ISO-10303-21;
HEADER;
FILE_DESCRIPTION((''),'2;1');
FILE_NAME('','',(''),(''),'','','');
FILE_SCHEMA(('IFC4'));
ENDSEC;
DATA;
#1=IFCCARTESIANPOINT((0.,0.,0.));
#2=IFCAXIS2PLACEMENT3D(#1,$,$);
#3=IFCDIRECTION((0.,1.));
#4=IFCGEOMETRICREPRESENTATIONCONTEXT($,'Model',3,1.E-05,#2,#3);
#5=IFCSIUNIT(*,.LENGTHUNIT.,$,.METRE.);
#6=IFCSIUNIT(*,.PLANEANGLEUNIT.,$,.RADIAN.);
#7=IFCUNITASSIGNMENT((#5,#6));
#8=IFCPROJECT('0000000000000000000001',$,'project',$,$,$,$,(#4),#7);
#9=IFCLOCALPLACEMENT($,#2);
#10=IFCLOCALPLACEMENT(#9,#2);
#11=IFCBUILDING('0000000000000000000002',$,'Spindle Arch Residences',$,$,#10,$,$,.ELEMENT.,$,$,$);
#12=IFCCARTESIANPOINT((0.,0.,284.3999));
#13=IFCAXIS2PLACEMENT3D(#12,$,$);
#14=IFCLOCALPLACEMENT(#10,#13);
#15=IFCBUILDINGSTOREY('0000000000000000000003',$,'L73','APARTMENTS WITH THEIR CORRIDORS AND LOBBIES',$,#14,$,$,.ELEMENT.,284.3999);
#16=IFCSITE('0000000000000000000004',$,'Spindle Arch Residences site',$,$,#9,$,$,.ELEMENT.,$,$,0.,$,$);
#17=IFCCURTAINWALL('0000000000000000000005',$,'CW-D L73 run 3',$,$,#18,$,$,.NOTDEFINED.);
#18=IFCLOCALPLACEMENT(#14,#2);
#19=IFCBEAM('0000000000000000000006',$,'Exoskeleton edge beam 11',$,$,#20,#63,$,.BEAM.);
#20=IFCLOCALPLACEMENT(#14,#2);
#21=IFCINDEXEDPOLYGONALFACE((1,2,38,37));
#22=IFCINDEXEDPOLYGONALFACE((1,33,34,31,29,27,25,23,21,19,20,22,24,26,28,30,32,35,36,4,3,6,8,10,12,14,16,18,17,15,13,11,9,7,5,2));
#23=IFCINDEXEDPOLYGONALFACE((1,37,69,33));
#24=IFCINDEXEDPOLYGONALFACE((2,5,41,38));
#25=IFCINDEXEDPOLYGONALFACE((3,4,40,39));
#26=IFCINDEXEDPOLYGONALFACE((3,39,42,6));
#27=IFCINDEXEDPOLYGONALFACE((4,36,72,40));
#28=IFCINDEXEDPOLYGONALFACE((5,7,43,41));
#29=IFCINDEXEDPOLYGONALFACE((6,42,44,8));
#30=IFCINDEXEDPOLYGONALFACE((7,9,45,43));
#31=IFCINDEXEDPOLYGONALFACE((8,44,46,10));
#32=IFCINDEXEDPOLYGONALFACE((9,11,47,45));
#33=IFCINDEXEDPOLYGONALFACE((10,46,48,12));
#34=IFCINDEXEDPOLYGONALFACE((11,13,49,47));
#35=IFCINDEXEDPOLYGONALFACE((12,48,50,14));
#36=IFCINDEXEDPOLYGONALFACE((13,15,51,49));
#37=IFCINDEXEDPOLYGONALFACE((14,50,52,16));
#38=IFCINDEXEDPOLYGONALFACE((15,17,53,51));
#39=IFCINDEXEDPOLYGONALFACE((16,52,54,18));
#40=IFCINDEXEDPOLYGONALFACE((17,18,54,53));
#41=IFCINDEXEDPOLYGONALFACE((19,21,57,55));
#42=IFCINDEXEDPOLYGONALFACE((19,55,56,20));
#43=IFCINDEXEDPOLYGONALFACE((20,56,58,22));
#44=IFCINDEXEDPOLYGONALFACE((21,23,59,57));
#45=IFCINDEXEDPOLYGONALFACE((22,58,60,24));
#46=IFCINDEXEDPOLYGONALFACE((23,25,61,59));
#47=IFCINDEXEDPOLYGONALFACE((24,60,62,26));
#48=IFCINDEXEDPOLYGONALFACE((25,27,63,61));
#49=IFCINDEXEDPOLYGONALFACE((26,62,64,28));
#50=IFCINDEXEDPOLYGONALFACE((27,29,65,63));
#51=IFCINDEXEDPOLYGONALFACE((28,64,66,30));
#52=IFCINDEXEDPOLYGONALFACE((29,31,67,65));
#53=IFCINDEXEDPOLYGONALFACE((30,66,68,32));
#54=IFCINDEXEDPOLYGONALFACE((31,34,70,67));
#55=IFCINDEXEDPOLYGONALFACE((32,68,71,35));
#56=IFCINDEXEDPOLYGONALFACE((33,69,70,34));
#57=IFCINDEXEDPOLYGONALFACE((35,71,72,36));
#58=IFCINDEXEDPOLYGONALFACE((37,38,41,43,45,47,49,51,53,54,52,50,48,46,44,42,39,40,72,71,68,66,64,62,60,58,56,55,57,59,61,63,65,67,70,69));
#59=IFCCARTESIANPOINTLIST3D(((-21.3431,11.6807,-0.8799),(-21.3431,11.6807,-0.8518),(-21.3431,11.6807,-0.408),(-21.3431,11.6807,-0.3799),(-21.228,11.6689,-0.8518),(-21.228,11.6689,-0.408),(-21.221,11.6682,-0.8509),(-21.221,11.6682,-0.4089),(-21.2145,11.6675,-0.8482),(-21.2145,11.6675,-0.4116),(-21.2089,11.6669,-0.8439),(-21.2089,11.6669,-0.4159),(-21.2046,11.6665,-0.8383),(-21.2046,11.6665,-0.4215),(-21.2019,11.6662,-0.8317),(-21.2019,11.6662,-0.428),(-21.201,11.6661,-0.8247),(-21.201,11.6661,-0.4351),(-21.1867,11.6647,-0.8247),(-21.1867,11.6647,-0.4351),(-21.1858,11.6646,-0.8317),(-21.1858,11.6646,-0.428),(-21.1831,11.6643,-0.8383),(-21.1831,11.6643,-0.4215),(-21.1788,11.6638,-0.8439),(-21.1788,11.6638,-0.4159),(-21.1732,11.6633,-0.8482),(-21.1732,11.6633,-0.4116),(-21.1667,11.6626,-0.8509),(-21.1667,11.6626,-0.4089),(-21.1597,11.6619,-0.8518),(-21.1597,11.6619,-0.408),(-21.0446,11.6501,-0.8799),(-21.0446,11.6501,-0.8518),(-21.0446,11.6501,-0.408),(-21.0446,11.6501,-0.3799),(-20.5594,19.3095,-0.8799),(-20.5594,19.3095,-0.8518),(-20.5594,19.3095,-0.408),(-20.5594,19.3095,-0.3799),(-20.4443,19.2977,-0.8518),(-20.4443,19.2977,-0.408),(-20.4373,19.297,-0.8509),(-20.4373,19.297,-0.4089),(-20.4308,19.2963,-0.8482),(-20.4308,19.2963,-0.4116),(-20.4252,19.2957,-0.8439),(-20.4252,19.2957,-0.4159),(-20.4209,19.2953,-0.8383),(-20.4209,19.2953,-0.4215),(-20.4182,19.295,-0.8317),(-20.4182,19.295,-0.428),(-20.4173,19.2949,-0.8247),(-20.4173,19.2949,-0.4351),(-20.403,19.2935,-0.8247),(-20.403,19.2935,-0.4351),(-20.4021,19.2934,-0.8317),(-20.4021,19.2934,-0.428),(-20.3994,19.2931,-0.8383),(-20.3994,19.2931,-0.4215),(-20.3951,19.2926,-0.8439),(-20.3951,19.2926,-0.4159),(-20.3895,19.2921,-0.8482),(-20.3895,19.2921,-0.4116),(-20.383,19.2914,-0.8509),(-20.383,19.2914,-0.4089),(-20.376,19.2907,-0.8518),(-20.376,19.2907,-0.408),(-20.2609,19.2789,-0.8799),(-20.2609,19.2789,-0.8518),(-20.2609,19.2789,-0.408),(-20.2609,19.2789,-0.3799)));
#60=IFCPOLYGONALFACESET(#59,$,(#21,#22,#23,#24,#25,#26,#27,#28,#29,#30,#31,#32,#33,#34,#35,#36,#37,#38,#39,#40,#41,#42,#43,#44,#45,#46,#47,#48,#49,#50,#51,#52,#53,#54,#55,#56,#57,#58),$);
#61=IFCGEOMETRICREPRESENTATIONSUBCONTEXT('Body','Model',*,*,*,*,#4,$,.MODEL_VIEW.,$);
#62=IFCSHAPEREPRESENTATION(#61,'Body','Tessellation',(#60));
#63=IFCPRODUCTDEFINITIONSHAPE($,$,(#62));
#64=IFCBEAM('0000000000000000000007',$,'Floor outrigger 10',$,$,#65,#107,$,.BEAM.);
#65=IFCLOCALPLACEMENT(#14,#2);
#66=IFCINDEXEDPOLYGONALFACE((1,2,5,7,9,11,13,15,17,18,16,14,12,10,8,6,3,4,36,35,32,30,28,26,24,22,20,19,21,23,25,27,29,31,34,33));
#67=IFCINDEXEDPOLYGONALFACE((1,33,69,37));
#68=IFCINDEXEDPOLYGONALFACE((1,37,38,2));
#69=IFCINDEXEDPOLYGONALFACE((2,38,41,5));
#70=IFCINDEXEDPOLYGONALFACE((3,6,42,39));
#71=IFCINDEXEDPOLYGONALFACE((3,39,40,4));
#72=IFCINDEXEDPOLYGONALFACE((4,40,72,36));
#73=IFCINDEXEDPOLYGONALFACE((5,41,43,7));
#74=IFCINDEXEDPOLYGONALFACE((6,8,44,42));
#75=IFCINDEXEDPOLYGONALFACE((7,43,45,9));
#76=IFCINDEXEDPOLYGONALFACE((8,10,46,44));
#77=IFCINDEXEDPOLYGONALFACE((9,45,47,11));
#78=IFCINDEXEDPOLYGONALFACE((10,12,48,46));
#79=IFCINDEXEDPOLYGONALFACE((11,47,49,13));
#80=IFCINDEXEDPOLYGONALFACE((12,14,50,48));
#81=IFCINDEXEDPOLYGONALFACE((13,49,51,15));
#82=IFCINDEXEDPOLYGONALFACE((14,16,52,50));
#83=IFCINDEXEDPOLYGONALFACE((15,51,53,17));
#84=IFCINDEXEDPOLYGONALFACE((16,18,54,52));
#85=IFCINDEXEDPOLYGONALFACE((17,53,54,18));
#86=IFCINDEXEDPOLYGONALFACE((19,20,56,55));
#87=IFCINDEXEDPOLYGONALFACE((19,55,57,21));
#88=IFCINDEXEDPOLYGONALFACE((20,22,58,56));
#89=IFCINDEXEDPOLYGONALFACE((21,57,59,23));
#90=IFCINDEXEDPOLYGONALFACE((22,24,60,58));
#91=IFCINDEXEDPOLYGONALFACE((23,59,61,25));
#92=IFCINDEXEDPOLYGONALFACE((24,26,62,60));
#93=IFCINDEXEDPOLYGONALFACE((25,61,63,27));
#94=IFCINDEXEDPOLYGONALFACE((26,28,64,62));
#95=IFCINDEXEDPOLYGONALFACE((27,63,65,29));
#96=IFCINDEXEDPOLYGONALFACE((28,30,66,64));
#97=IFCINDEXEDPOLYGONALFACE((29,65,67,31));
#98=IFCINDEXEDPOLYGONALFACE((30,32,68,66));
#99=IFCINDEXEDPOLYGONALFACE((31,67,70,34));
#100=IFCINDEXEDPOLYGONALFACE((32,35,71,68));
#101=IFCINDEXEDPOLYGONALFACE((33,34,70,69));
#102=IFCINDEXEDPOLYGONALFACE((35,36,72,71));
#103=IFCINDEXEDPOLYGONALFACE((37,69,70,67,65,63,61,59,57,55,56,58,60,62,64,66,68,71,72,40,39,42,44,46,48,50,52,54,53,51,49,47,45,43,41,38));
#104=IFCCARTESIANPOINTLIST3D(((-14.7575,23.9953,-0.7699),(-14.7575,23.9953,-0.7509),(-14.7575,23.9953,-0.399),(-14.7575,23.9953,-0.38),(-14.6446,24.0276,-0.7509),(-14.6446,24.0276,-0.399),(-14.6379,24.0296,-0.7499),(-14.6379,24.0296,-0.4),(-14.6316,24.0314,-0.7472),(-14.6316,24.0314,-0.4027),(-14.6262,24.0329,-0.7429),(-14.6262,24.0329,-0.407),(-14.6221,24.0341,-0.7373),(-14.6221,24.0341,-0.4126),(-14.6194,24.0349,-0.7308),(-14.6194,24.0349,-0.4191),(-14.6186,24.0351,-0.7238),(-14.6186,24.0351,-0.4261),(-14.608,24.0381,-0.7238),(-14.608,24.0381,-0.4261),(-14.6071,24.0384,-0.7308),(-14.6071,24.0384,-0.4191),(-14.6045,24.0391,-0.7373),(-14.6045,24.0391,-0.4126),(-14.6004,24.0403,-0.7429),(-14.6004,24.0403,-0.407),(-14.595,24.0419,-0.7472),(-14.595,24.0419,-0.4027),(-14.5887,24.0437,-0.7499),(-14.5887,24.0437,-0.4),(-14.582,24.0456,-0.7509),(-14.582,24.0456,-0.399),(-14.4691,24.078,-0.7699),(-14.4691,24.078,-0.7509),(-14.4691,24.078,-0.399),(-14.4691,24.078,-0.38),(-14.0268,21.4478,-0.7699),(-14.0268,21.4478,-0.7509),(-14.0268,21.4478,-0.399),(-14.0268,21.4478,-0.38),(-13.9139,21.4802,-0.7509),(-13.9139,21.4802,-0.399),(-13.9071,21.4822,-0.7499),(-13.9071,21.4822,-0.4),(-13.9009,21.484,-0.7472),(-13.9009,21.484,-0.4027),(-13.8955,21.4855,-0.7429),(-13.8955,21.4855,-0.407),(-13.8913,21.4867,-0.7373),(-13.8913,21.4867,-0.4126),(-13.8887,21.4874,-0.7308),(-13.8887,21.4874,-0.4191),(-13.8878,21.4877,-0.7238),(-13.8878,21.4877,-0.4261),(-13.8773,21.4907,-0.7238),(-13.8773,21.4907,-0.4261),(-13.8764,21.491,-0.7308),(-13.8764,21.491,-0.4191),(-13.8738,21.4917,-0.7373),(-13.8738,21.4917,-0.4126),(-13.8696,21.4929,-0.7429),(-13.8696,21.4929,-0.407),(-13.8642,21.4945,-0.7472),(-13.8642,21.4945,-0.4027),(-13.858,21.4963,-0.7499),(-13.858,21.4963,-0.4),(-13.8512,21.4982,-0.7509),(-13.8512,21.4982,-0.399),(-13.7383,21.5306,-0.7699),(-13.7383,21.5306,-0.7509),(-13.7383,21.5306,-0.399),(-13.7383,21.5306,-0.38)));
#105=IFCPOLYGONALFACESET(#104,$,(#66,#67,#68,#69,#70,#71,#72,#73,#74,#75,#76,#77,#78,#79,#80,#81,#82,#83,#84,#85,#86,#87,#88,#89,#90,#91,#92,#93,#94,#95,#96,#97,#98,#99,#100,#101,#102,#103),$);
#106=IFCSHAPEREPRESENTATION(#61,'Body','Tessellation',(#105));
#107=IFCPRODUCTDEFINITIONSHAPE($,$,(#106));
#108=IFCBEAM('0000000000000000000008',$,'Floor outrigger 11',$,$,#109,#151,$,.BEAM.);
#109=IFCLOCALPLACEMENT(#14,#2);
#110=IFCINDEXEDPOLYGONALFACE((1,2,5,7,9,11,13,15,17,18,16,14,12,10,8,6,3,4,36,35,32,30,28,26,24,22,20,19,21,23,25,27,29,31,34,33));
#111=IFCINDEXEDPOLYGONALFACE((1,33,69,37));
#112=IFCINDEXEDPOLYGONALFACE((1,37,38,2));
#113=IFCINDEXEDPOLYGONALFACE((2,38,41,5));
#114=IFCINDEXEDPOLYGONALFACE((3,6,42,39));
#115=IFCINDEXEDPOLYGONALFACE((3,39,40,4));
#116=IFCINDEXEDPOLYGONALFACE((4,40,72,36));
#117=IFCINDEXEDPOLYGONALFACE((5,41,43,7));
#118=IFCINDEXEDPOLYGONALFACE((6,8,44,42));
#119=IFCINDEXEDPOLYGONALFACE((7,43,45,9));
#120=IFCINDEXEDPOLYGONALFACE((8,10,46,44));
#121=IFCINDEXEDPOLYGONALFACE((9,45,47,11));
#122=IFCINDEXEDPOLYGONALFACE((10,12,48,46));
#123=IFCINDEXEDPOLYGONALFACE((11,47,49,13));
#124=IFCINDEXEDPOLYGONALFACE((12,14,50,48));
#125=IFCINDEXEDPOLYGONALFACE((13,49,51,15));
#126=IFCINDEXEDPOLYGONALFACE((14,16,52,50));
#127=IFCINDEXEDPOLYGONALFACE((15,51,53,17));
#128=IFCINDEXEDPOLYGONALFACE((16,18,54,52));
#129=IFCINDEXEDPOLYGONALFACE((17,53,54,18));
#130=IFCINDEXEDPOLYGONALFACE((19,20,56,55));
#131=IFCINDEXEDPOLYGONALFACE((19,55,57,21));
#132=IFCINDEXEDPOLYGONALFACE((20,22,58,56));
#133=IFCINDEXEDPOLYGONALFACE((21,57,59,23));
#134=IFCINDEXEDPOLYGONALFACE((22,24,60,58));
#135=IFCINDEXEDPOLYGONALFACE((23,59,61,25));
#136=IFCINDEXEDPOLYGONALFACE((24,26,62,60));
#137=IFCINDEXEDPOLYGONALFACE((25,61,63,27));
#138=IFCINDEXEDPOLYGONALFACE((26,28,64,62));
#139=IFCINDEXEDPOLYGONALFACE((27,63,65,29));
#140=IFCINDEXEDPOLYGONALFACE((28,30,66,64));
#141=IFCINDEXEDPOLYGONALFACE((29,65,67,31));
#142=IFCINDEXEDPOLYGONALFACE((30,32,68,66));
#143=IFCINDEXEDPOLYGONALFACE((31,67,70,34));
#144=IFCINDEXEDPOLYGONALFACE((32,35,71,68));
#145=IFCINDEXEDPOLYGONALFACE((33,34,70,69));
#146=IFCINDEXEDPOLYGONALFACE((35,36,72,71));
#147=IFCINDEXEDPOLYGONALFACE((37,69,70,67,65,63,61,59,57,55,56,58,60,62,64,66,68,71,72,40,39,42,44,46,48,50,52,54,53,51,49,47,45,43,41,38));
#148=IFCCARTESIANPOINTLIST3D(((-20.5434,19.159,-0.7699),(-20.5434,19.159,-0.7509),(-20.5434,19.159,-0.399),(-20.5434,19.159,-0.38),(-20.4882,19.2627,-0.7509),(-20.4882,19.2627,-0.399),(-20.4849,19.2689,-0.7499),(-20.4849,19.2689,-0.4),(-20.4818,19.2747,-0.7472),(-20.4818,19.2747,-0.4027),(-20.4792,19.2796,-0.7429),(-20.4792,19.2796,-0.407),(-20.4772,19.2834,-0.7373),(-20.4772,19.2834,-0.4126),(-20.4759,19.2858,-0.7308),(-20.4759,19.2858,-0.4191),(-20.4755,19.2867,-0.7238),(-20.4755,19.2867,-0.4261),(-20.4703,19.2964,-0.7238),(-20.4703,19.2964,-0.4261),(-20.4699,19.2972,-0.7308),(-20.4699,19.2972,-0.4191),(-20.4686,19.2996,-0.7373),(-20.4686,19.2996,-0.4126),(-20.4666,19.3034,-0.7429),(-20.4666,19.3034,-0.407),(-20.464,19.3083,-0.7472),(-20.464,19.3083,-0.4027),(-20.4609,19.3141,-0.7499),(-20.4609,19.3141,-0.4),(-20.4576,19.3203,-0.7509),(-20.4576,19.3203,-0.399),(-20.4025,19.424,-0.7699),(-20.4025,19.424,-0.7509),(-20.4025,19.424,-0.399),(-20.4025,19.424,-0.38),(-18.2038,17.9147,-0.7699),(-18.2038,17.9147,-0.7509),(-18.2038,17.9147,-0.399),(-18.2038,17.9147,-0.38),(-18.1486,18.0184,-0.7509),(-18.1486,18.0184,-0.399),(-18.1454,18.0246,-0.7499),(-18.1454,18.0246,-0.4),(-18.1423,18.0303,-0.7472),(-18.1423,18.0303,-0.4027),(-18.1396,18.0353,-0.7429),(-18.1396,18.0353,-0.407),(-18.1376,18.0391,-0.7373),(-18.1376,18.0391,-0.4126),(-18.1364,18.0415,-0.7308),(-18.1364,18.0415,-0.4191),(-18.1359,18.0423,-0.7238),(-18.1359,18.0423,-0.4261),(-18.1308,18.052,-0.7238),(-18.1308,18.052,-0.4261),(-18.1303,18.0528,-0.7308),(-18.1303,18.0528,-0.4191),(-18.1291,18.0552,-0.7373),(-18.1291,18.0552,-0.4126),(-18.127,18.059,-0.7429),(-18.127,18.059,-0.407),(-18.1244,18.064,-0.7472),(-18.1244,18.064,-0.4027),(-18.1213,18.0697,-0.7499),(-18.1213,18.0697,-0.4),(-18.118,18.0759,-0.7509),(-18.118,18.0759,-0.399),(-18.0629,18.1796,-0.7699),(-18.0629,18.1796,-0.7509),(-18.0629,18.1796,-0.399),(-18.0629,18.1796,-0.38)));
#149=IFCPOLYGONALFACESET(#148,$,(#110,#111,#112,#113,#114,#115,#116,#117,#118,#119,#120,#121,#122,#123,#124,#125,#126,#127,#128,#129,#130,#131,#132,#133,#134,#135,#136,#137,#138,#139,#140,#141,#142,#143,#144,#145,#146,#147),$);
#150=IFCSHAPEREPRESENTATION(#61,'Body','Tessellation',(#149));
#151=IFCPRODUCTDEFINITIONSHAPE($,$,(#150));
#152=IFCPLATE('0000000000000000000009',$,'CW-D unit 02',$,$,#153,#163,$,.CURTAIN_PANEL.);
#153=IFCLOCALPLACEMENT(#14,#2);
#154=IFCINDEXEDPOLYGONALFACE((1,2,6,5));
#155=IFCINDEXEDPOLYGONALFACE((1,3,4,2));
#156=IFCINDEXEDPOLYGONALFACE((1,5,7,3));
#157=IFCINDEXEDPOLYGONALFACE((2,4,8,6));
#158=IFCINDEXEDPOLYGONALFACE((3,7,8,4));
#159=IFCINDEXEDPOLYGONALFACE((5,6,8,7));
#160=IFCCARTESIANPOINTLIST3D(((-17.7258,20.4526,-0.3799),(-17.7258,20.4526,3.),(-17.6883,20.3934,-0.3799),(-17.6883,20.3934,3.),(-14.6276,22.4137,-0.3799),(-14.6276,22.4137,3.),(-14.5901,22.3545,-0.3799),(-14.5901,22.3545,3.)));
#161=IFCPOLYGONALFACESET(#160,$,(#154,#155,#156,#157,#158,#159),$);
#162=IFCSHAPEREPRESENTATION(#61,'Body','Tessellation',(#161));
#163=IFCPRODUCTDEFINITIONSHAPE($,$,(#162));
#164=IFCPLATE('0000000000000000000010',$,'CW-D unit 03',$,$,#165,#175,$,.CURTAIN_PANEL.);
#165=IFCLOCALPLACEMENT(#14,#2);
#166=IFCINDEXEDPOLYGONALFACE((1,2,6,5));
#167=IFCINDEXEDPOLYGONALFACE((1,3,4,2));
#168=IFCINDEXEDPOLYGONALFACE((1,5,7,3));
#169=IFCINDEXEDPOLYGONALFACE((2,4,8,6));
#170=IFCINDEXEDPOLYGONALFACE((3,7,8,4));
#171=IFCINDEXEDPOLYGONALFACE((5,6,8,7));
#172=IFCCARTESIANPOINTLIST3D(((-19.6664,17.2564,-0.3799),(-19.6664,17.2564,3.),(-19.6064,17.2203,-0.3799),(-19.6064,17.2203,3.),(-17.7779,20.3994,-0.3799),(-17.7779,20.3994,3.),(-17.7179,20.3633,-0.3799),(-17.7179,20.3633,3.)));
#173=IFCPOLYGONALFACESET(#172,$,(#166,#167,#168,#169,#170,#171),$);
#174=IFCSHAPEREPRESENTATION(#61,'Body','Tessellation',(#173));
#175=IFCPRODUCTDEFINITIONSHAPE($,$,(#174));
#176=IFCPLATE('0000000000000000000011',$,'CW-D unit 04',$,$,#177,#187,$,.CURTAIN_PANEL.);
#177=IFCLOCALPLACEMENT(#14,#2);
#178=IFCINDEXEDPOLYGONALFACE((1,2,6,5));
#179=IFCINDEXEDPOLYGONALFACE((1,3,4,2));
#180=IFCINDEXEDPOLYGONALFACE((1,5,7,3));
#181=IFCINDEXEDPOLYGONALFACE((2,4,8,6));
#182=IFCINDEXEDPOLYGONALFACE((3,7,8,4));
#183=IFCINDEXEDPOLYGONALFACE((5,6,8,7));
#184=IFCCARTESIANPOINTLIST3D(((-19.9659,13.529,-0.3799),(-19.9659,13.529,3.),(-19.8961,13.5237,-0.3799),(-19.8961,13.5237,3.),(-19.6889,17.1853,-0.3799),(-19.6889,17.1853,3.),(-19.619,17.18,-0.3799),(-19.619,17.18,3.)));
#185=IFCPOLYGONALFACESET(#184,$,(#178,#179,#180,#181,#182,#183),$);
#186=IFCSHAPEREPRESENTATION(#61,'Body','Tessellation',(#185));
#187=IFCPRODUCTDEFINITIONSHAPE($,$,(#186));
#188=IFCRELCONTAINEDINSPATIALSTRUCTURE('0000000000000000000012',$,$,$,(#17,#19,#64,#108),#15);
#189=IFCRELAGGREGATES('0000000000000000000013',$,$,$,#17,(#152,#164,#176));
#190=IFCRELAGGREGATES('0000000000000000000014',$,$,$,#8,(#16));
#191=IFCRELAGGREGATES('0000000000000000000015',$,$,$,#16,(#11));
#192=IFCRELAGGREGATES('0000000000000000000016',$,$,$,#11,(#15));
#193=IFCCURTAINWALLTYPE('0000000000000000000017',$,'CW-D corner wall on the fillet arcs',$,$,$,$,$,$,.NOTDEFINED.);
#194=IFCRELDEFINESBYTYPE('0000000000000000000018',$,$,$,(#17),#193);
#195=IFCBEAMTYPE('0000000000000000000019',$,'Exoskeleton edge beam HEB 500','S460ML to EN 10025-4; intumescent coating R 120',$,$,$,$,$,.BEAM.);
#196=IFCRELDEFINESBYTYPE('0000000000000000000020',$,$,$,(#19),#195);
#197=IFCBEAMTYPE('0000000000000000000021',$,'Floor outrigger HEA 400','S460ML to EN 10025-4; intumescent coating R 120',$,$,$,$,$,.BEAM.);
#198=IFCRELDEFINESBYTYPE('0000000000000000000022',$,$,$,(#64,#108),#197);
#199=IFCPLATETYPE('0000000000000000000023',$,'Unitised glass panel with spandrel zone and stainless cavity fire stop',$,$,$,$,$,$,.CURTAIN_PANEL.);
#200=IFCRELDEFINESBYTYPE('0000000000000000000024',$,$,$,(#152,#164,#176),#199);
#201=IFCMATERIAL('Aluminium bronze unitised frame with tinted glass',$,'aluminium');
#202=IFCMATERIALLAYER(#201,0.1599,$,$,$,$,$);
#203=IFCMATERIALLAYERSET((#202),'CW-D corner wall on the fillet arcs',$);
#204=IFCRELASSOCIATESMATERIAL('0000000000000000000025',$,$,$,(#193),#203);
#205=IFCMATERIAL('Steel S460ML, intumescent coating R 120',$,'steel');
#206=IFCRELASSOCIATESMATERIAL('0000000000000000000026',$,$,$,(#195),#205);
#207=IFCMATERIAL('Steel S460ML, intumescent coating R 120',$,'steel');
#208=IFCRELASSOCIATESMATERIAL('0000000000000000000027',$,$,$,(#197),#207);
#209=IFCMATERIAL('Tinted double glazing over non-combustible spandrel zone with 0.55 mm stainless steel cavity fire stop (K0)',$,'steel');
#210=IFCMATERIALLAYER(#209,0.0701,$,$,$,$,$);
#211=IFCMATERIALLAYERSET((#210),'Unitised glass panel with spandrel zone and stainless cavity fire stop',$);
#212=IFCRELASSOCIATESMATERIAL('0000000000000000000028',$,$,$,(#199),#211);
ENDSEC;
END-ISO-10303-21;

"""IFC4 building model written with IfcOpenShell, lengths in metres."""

from ifc_helpers import new_model, si_unit, direction, frame, origin, origin_2d, place, context, subcontext, project, spatial, rectangle, i_section, extrude, material, layer, layer_set, material_profile, profile_set, type_object, element, aggregate, save


model = new_model("IFC4")

# Units and contexts
model_context = context("Model", 3, precision=1e-05, world=origin(), true_north=direction((0.0, 1.0)))
body_context = subcontext(model_context, "Body", "Model", "MODEL_VIEW")
ifc_project = project(units=[si_unit("LENGTHUNIT", "METRE"), si_unit("PLANEANGLEUNIT", "RADIAN")], contexts=[model_context])

# Site, building, storey
site_placement = place(None, origin())
site = spatial("IfcSite", under=ifc_project, at=site_placement, Name="Spindle Arch Residences site", CompositionType="ELEMENT", RefElevation=0.0)
building_placement = place(site_placement, origin())
building = spatial("IfcBuilding", under=site, at=building_placement, Name="Spindle Arch Residences", CompositionType="ELEMENT")
storey_placement = place(building_placement, frame((0.0, 0.0, 284.3999)))
storey = spatial("IfcBuildingStorey", under=building, at=storey_placement, Name="L73", Description="APARTMENTS WITH THEIR CORRIDORS AND LOBBIES", CompositionType="ELEMENT", Elevation=284.3999)

# Curtain wall
ifc_material_1 = material(Name="Aluminium bronze unitised frame with tinted glass", Category="aluminium")
ifc_layer_1 = layer(ifc_material_1, 0.1599)
ifc_layer_set_1 = layer_set([ifc_layer_1], Name="CW-D corner wall on the fillet arcs")
curtain_wall_type = type_object("IfcCurtainWallType", Name="CW-D corner wall on the fillet arcs", PredefinedType="NOTDEFINED", material=ifc_layer_set_1)
curtain_wall_placement = place(storey_placement, origin())
curtain_wall = element("IfcCurtainWall", 1, at=curtain_wall_placement, inside=storey, type_object=curtain_wall_type, Name="CW-D L73 run 3", PredefinedType="NOTDEFINED")

# Beams
ifc_material_2 = material(Name="Steel S460ML, intumescent coating R 120", Category="steel")
ifc_material_profile_1 = material_profile(ifc_material_2, i_section(OverallWidth=0.3, OverallDepth=0.5, WebThickness=0.0144, FlangeThickness=0.0281, FilletRadius=0.0271, at=origin_2d()), Name="HEB 500")
ifc_profile_set_1 = profile_set([ifc_material_profile_1], Name="Steel S460ML, intumescent coating R 120")
beam_type_1 = type_object("IfcBeamType", Name="Exoskeleton edge beam HEB 500", Description="S460ML to EN 10025-4; intumescent coating R 120", PredefinedType="BEAM", material=ifc_profile_set_1)
beam_1_placement = place(storey_placement, frame((-20.4102, 19.2942, -0.6299), z_axis=(-0.102189, -0.994765, 0.0), x_axis=(0.994765, -0.102189, 0.0)))
element("IfcBeam", 2, at=beam_1_placement, inside=storey, type_object=beam_type_1, Name="Exoskeleton edge beam 11", PredefinedType="BEAM", context=body_context, shape_type="SweptSolid", body=[
    extrude(i_section(OverallWidth=0.3, OverallDepth=0.5, WebThickness=0.0144, FlangeThickness=0.0281, FilletRadius=0.0271, at=origin_2d()), origin(), (0.0, 0.0, 1.0), 7.6689),
])
ifc_material_3 = material(Name="Steel S460ML, intumescent coating R 120", Category="steel")
ifc_material_profile_2 = material_profile(ifc_material_3, i_section(OverallWidth=0.3, OverallDepth=0.3899, WebThickness=0.011, FlangeThickness=0.019, FilletRadius=0.0271, at=origin_2d()), Name="HEA 400")
ifc_profile_set_2 = profile_set([ifc_material_profile_2], Name="Steel S460ML, intumescent coating R 120")
beam_type_2 = type_object("IfcBeamType", Name="Floor outrigger HEA 400", Description="S460ML to EN 10025-4; intumescent coating R 120", PredefinedType="BEAM", material=ifc_profile_set_2)
beam_2_placement = place(storey_placement, frame((-14.6133, 24.0366, -0.575), z_axis=(0.275731, -0.961235, 0.0), x_axis=(0.961235, 0.275731, 0.0)))
element("IfcBeam", 3, at=beam_2_placement, inside=storey, type_object=beam_type_2, Name="Floor outrigger 10", PredefinedType="BEAM", context=body_context, shape_type="SweptSolid", body=[
    extrude(i_section(OverallWidth=0.3, OverallDepth=0.3899, WebThickness=0.011, FlangeThickness=0.019, FilletRadius=0.0271, at=origin_2d()), origin(), (0.0, 0.0, 1.0), 2.6501),
])
beam_3_placement = place(storey_placement, frame((-20.4729, 19.2915, -0.575), z_axis=(0.882885, -0.469589, 0.0), x_axis=(0.469589, 0.882885, 0.0)))
element("IfcBeam", 4, at=beam_3_placement, inside=storey, type_object=beam_type_2, Name="Floor outrigger 11", PredefinedType="BEAM", context=body_context, shape_type="SweptSolid", body=[
    extrude(i_section(OverallWidth=0.3, OverallDepth=0.3899, WebThickness=0.011, FlangeThickness=0.019, FilletRadius=0.0271, at=origin_2d()), origin(), (0.0, 0.0, 1.0), 2.6499),
])

# Plates
ifc_material_4 = material(Name="Tinted double glazing over non-combustible spandrel zone with 0.55 mm stainless steel cavity fire stop (K0)", Category="steel")
ifc_layer_2 = layer(ifc_material_4, 0.0701)
ifc_layer_set_2 = layer_set([ifc_layer_2], Name="Unitised glass panel with spandrel zone and stainless cavity fire stop")
plate_type = type_object("IfcPlateType", Name="Unitised glass panel with spandrel zone and stainless cavity fire stop", PredefinedType="CURTAIN_PANEL", material=ifc_layer_set_2)
plate_1_placement = place(storey_placement, frame((-16.158, 21.4036, -0.3799), z_axis=(0.0, 0.0, 1.0), x_axis=(-0.844951, -0.534844, 0.0)))
plate_1 = element("IfcPlate", 5, at=plate_1_placement, type_object=plate_type, Name="CW-D unit 02", PredefinedType="CURTAIN_PANEL", context=body_context, shape_type="SweptSolid", body=[
    extrude(rectangle(XDim=3.6667, YDim=0.0701, at=origin_2d()), origin(), (0.0, 0.0, 1.0), 3.3799),
])
plate_2_placement = place(storey_placement, frame((-18.6921, 18.8098, -0.3799), z_axis=(0.0, 0.0, 1.0), x_axis=(-0.515038, -0.857167, 0.0)))
plate_2 = element("IfcPlate", 6, at=plate_2_placement, type_object=plate_type, Name="CW-D unit 03", PredefinedType="CURTAIN_PANEL", context=body_context, shape_type="SweptSolid", body=[
    extrude(rectangle(XDim=3.6667, YDim=0.0701, at=origin_2d()), origin(), (0.0, 0.0, 1.0), 3.3799),
])
plate_3_placement = place(storey_placement, frame((-19.7925, 15.3545, -0.3799), z_axis=(0.0, 0.0, 1.0), x_axis=(-0.075559, -0.997141, 0.0)))
plate_3 = element("IfcPlate", 7, at=plate_3_placement, type_object=plate_type, Name="CW-D unit 04", PredefinedType="CURTAIN_PANEL", context=body_context, shape_type="SweptSolid", body=[
    extrude(rectangle(XDim=3.6667, YDim=0.0701, at=origin_2d()), origin(), (0.0, 0.0, 1.0), 3.3799),
])
aggregate(curtain_wall, [plate_1, plate_2, plate_3])

save(model, "model.ifc")
